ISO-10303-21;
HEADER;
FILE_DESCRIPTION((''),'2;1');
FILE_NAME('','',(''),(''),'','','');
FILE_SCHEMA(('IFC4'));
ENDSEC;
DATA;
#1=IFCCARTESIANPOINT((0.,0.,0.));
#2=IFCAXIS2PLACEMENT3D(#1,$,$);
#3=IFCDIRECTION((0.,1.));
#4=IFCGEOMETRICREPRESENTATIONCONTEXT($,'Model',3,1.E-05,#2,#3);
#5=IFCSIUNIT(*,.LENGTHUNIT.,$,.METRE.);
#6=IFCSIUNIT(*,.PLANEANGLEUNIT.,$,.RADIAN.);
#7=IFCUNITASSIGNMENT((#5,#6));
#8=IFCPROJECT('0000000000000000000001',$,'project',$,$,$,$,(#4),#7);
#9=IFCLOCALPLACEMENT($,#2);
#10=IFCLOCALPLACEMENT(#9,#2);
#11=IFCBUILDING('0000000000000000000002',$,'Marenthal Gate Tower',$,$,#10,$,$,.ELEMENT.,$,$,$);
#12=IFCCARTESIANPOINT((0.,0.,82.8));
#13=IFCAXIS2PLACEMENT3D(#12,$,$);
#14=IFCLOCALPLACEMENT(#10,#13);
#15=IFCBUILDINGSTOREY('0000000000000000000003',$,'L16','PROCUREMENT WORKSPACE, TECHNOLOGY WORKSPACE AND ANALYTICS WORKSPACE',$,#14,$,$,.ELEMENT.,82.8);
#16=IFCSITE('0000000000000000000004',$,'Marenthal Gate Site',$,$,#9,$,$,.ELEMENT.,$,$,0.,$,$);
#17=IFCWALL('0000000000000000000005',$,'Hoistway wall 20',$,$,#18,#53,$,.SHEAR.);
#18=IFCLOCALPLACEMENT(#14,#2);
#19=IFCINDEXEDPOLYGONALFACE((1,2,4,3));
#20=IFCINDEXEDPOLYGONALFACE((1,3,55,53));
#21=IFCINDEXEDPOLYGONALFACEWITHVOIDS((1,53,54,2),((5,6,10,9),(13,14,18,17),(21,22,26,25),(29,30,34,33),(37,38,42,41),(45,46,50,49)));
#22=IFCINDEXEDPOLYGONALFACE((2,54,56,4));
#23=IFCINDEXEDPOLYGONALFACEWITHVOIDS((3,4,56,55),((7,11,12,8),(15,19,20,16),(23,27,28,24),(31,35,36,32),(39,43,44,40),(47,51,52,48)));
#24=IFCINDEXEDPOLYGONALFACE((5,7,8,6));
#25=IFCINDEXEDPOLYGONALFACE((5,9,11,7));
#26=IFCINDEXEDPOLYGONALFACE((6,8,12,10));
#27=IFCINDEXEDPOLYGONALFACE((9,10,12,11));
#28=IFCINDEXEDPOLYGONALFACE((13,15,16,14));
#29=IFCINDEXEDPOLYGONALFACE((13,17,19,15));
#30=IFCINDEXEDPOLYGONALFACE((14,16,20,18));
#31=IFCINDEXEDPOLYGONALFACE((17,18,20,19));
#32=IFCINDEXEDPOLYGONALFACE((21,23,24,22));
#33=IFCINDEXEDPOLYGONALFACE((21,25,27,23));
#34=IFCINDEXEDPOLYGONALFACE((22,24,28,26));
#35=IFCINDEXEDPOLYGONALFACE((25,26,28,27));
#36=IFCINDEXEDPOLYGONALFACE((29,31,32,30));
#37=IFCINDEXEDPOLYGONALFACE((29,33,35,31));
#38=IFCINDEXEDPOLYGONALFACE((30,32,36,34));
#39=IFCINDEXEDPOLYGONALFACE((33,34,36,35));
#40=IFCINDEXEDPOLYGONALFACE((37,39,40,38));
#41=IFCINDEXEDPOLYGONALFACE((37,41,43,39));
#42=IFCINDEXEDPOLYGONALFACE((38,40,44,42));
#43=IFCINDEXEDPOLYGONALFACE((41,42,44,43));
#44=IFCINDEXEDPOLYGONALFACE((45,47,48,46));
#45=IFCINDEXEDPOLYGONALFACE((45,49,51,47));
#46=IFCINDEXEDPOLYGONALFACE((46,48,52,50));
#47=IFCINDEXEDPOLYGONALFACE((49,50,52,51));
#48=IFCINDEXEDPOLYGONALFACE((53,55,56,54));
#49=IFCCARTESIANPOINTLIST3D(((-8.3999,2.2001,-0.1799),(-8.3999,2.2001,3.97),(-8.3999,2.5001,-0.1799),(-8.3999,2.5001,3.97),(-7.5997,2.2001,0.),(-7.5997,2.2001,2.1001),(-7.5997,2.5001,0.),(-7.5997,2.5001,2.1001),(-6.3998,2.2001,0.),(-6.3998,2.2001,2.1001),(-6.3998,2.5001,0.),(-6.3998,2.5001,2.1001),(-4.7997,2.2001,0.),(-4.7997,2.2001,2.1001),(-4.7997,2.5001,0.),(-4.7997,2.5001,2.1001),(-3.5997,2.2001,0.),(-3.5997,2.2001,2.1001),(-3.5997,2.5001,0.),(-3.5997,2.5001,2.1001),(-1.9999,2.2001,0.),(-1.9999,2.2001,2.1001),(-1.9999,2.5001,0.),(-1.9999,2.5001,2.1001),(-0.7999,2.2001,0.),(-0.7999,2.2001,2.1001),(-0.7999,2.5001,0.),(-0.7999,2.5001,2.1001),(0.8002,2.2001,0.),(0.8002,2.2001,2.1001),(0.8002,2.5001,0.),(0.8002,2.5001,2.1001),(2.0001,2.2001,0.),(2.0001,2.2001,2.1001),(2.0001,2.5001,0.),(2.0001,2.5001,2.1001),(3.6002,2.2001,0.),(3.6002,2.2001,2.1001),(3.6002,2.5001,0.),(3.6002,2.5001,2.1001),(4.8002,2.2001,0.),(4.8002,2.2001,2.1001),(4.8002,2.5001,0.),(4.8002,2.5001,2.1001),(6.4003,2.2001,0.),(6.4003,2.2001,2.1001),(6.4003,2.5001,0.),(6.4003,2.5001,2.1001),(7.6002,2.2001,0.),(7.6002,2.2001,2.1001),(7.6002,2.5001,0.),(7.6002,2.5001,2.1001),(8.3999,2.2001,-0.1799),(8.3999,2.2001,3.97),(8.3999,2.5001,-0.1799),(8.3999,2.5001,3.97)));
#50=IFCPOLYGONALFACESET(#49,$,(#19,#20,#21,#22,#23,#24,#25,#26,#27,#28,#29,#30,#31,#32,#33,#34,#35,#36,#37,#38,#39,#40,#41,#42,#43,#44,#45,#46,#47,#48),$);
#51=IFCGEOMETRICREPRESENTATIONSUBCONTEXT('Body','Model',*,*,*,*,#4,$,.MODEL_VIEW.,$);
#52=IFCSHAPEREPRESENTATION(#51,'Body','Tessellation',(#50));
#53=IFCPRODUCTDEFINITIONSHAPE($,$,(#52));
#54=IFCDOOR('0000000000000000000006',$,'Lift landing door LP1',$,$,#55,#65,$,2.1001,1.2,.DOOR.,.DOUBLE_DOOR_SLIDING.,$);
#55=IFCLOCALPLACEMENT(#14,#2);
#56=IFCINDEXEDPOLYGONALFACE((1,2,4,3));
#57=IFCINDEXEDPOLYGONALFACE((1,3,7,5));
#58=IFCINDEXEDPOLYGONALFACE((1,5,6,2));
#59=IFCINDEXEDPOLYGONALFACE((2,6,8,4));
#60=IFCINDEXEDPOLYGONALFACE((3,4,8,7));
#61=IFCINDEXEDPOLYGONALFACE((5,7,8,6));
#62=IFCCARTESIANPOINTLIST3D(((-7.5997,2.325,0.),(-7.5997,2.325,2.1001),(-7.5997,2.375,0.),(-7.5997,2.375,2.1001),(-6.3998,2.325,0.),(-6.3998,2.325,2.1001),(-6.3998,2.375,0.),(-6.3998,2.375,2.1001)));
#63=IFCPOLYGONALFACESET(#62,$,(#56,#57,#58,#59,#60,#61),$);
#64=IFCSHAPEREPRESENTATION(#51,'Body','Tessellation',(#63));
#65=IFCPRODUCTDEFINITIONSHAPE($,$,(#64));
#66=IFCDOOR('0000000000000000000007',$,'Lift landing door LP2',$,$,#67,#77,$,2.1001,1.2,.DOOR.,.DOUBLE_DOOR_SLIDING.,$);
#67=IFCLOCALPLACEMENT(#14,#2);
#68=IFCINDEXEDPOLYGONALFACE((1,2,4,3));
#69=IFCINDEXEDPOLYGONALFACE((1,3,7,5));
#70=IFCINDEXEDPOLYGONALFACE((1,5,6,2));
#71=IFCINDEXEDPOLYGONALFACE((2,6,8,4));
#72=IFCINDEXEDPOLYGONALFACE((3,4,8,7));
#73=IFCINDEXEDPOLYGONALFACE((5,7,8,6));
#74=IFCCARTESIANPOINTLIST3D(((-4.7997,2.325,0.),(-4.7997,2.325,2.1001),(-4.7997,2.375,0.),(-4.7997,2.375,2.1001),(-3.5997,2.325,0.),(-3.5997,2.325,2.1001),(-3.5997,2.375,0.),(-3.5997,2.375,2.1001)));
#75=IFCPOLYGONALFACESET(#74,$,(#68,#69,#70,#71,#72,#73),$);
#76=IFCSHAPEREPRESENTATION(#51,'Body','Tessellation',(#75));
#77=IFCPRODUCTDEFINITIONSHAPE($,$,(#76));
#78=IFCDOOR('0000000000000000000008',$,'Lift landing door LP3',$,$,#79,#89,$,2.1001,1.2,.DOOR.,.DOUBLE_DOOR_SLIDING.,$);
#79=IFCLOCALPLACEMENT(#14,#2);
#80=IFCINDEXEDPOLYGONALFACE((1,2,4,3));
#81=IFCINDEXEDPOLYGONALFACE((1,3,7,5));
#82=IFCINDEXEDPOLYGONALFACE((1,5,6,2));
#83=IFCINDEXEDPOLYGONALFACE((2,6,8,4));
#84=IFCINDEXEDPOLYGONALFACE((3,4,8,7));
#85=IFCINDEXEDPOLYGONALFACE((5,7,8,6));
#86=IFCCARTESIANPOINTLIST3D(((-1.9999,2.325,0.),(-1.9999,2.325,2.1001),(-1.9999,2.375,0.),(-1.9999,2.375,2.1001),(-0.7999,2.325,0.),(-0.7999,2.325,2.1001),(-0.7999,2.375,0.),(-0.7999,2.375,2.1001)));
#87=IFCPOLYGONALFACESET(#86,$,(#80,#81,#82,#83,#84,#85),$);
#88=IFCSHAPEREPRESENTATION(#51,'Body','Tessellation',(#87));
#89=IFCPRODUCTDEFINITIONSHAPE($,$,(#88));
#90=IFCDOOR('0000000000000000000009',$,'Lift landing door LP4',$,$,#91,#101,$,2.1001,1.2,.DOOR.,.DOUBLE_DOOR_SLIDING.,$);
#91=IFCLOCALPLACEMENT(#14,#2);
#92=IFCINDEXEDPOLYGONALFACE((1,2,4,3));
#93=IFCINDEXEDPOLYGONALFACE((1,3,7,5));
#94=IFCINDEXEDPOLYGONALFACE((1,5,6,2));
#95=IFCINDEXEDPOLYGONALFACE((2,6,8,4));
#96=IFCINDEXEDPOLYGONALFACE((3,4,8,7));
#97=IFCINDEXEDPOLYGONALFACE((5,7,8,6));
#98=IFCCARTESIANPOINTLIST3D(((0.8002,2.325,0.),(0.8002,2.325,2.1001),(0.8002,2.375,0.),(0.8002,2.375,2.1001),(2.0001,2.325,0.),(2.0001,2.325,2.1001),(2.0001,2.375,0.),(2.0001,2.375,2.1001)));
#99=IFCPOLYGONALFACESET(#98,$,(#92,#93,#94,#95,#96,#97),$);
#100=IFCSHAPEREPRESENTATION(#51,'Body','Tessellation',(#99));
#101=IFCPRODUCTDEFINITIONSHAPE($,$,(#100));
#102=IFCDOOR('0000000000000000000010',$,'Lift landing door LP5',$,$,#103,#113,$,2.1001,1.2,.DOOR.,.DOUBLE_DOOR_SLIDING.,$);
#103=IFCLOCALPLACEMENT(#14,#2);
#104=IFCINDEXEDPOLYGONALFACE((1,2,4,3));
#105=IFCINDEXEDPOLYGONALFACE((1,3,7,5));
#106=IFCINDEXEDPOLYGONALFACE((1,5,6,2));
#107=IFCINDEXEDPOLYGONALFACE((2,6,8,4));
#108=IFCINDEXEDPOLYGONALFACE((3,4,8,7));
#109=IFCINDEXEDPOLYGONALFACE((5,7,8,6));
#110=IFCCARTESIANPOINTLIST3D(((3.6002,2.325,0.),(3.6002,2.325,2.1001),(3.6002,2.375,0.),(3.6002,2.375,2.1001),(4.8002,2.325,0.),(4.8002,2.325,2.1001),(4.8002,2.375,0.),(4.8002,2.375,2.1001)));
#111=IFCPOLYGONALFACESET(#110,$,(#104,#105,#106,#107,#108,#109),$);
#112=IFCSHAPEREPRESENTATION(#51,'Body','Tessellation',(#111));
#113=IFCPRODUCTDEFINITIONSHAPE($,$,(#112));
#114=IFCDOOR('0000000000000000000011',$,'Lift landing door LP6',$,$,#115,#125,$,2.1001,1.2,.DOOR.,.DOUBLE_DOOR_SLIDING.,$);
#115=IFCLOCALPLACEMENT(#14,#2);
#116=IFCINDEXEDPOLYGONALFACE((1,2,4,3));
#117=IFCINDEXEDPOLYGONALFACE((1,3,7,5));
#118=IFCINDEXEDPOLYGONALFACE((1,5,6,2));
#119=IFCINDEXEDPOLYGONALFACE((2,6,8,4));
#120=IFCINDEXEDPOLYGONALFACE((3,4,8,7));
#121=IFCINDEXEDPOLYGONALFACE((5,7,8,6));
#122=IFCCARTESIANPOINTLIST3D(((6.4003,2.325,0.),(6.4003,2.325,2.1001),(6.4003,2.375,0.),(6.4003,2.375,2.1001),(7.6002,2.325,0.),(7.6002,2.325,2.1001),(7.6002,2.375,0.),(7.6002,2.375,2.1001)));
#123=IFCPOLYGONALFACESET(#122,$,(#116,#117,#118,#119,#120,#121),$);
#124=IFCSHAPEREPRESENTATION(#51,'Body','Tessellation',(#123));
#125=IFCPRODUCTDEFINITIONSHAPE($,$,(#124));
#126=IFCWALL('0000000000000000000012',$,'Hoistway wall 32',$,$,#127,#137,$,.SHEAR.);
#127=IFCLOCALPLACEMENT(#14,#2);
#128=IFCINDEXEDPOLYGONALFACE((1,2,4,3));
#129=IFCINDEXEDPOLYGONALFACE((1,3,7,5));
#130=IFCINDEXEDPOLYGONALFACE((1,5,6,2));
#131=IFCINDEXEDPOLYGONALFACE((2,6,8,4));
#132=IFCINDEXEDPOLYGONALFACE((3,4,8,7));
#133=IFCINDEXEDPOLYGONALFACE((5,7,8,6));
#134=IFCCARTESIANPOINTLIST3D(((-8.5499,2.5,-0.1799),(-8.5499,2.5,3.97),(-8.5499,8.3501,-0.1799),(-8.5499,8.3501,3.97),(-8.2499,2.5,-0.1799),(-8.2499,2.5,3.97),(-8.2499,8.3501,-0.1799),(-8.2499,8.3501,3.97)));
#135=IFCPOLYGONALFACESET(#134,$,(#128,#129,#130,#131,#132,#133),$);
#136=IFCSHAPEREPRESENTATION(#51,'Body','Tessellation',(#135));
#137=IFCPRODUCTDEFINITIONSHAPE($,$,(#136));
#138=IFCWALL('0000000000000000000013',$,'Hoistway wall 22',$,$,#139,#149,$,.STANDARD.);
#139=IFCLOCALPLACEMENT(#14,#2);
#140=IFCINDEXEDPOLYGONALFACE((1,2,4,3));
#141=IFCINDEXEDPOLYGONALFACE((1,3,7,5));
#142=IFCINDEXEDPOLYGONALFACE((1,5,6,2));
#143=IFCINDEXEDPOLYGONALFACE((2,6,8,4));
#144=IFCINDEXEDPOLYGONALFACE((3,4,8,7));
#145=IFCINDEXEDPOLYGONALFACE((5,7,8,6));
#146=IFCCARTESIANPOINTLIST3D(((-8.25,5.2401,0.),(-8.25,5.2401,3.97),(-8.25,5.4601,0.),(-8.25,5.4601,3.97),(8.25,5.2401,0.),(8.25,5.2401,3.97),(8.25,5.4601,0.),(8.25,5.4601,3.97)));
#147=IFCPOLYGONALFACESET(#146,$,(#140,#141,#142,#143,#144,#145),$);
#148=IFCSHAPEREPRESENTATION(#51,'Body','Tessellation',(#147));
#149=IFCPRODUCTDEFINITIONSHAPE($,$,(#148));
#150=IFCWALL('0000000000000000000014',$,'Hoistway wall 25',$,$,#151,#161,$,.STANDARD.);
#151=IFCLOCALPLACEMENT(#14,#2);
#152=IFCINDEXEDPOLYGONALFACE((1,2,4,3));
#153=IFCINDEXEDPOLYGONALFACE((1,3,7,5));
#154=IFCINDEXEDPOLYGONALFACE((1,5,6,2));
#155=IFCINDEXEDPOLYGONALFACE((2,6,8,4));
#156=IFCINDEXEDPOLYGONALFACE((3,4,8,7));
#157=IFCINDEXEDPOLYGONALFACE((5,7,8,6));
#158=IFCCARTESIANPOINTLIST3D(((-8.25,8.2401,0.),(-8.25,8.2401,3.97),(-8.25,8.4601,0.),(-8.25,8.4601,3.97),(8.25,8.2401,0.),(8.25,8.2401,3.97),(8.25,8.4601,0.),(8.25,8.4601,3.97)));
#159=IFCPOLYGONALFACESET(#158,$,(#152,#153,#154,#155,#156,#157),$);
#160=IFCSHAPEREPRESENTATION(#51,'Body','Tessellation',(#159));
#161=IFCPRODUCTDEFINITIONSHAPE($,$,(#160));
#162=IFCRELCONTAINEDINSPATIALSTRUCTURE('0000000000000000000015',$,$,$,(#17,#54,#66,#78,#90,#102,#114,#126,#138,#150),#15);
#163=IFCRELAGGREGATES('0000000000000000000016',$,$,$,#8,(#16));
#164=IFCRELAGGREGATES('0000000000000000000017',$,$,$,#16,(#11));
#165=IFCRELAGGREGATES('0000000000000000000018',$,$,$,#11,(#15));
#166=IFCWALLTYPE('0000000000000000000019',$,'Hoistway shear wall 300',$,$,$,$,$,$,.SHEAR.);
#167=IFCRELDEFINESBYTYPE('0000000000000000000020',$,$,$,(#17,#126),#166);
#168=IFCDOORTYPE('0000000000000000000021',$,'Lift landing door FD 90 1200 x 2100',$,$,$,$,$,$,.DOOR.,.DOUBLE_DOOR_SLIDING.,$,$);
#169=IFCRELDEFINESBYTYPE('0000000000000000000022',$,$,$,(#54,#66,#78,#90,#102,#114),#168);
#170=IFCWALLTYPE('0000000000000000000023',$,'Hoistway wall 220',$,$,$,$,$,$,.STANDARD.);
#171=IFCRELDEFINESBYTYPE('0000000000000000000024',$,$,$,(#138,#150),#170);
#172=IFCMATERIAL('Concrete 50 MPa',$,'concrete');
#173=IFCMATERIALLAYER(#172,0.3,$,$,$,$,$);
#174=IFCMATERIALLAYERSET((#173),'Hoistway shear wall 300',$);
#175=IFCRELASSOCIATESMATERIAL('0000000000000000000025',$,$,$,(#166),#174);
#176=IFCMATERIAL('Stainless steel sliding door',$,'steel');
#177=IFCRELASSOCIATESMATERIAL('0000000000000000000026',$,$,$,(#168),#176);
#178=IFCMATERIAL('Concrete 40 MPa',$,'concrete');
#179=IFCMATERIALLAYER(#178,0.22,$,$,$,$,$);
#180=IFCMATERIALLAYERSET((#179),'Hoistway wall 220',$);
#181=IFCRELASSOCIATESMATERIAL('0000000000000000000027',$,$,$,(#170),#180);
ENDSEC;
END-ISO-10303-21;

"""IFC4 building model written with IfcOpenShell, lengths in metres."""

from ifc_helpers import new_model, si_unit, direction, frame, frame_2d, origin, place, context, subcontext, project, spatial, rectangle, extrude, material, layer, layer_set, type_object, element, fill, save


model = new_model("IFC4")

# Units and contexts
model_context = context("Model", 3, precision=1e-05, world=origin(), true_north=direction((0.0, 1.0)))
body_context = subcontext(model_context, "Body", "Model", "MODEL_VIEW")
ifc_project = project(units=[si_unit("LENGTHUNIT", "METRE"), si_unit("PLANEANGLEUNIT", "RADIAN")], contexts=[model_context])

# Site, building, storey
site_placement = place(None, origin())
site = spatial("IfcSite", under=ifc_project, at=site_placement, Name="Marenthal Gate Site", CompositionType="ELEMENT", RefElevation=0.0)
building_placement = place(site_placement, origin())
building = spatial("IfcBuilding", under=site, at=building_placement, Name="Marenthal Gate Tower", CompositionType="ELEMENT")
storey_placement = place(building_placement, frame((0.0, 0.0, 82.8)))
storey = spatial("IfcBuildingStorey", under=building, at=storey_placement, Name="L16", Description="PROCUREMENT WORKSPACE, TECHNOLOGY WORKSPACE AND ANALYTICS WORKSPACE", CompositionType="ELEMENT", Elevation=82.8)

# Wall, openings, doors
ifc_material_1 = material(Name="Concrete 50 MPa", Category="concrete")
ifc_layer_1 = layer(ifc_material_1, 0.3)
ifc_layer_set_1 = layer_set([ifc_layer_1], Name="Hoistway shear wall 300")
wall_type_1 = type_object("IfcWallType", Name="Hoistway shear wall 300", PredefinedType="SHEAR", material=ifc_layer_set_1)
wall_1_placement = place(storey_placement, frame((-8.3999, 2.3501, -0.1799), z_axis=(0.0, 0.0, 1.0), x_axis=(1.0, 0.0, 0.0)))
wall_1 = element("IfcWall", 1, at=wall_1_placement, inside=storey, type_object=wall_type_1, Name="Hoistway wall 20", PredefinedType="SHEAR", context=body_context, shape_type="SweptSolid", body=[
    extrude(rectangle(XDim=16.7998, YDim=0.3, at=frame_2d((8.3999, 0.0))), origin(), (0.0, 0.0, 1.0), 4.1499),
])
opening_1_placement = place(wall_1_placement, frame((0.8, 0.0, 0.1799)))
opening_1 = element("IfcOpeningElement", 2, at=opening_1_placement, cuts=wall_1, PredefinedType="OPENING", context=body_context, shape_type="SweptSolid", body=[
    extrude(rectangle(XDim=1.2, YDim=2.1001, at=frame_2d((0.6001, 1.05))), frame((0.0, 0.1602, 0.0), z_axis=(0.0, -1.0, 0.0), x_axis=(1.0, 0.0, 0.0)), (0.0, 0.0, 1.0), 0.3201),
])
opening_2_placement = place(wall_1_placement, frame((3.6001, 0.0, 0.1799)))
opening_2 = element("IfcOpeningElement", 3, at=opening_2_placement, cuts=wall_1, PredefinedType="OPENING", context=body_context, shape_type="SweptSolid", body=[
    extrude(rectangle(XDim=1.2, YDim=2.1001, at=frame_2d((0.6001, 1.05))), frame((0.0, 0.1602, 0.0), z_axis=(0.0, -1.0, 0.0), x_axis=(1.0, 0.0, 0.0)), (0.0, 0.0, 1.0), 0.3201),
])
opening_3_placement = place(wall_1_placement, frame((6.3999, 0.0, 0.1799)))
opening_3 = element("IfcOpeningElement", 4, at=opening_3_placement, cuts=wall_1, PredefinedType="OPENING", context=body_context, shape_type="SweptSolid", body=[
    extrude(rectangle(XDim=1.2, YDim=2.1001, at=frame_2d((0.6001, 1.05))), frame((0.0, 0.1602, 0.0), z_axis=(0.0, -1.0, 0.0), x_axis=(1.0, 0.0, 0.0)), (0.0, 0.0, 1.0), 0.3201),
])
opening_4_placement = place(wall_1_placement, frame((9.2, 0.0, 0.1799)))
opening_4 = element("IfcOpeningElement", 5, at=opening_4_placement, cuts=wall_1, PredefinedType="OPENING", context=body_context, shape_type="SweptSolid", body=[
    extrude(rectangle(XDim=1.2, YDim=2.1001, at=frame_2d((0.6001, 1.05))), frame((0.0, 0.1602, 0.0), z_axis=(0.0, -1.0, 0.0), x_axis=(1.0, 0.0, 0.0)), (0.0, 0.0, 1.0), 0.3201),
])
opening_5_placement = place(wall_1_placement, frame((12.0, 0.0, 0.1799)))
opening_5 = element("IfcOpeningElement", 6, at=opening_5_placement, cuts=wall_1, PredefinedType="OPENING", context=body_context, shape_type="SweptSolid", body=[
    extrude(rectangle(XDim=1.2, YDim=2.1001, at=frame_2d((0.6001, 1.05))), frame((0.0, 0.1602, 0.0), z_axis=(0.0, -1.0, 0.0), x_axis=(1.0, 0.0, 0.0)), (0.0, 0.0, 1.0), 0.3201),
])
opening_6_placement = place(wall_1_placement, frame((14.8, 0.0, 0.1799)))
opening_6 = element("IfcOpeningElement", 7, at=opening_6_placement, cuts=wall_1, PredefinedType="OPENING", context=body_context, shape_type="SweptSolid", body=[
    extrude(rectangle(XDim=1.2, YDim=2.1001, at=frame_2d((0.6001, 1.05))), frame((0.0, 0.1602, 0.0), z_axis=(0.0, -1.0, 0.0), x_axis=(1.0, 0.0, 0.0)), (0.0, 0.0, 1.0), 0.3201),
])
ifc_material_2 = material(Name="Stainless steel sliding door", Category="steel")
door_type_1 = type_object("IfcDoorType", Name="Lift landing door FD 90 1200 x 2100", OperationType="DOUBLE_DOOR_SLIDING", PredefinedType="DOOR", material=ifc_material_2)
door_1_placement = place(opening_1_placement, origin())
door_1 = element("IfcDoor", 8, at=door_1_placement, inside=storey, type_object=door_type_1, Name="Lift landing door LP1", OperationType="DOUBLE_DOOR_SLIDING", OverallHeight=2.1001, OverallWidth=1.2, PredefinedType="DOOR", context=body_context, shape_type="SweptSolid", body=[
    extrude(rectangle(XDim=1.2, YDim=2.1001, at=frame_2d((0.6001, 1.05))), frame((0.0, 0.0249, 0.0), z_axis=(0.0, -1.0, 0.0), x_axis=(1.0, 0.0, 0.0)), (0.0, 0.0, 1.0), 0.05),
])
fill(opening_1, door_1)
door_2_placement = place(opening_2_placement, origin())
door_2 = element("IfcDoor", 9, at=door_2_placement, inside=storey, type_object=door_type_1, Name="Lift landing door LP2", OperationType="DOUBLE_DOOR_SLIDING", OverallHeight=2.1001, OverallWidth=1.2, PredefinedType="DOOR", context=body_context, shape_type="SweptSolid", body=[
    extrude(rectangle(XDim=1.2, YDim=2.1001, at=frame_2d((0.6001, 1.05))), frame((0.0, 0.0249, 0.0), z_axis=(0.0, -1.0, 0.0), x_axis=(1.0, 0.0, 0.0)), (0.0, 0.0, 1.0), 0.05),
])
fill(opening_2, door_2)
door_3_placement = place(opening_3_placement, origin())
door_3 = element("IfcDoor", 10, at=door_3_placement, inside=storey, type_object=door_type_1, Name="Lift landing door LP3", OperationType="DOUBLE_DOOR_SLIDING", OverallHeight=2.1001, OverallWidth=1.2, PredefinedType="DOOR", context=body_context, shape_type="SweptSolid", body=[
    extrude(rectangle(XDim=1.2, YDim=2.1001, at=frame_2d((0.6001, 1.05))), frame((0.0, 0.0249, 0.0), z_axis=(0.0, -1.0, 0.0), x_axis=(1.0, 0.0, 0.0)), (0.0, 0.0, 1.0), 0.05),
])
fill(opening_3, door_3)
door_4_placement = place(opening_4_placement, origin())
door_4 = element("IfcDoor", 11, at=door_4_placement, inside=storey, type_object=door_type_1, Name="Lift landing door LP4", OperationType="DOUBLE_DOOR_SLIDING", OverallHeight=2.1001, OverallWidth=1.2, PredefinedType="DOOR", context=body_context, shape_type="SweptSolid", body=[
    extrude(rectangle(XDim=1.2, YDim=2.1001, at=frame_2d((0.6001, 1.05))), frame((0.0, 0.0249, 0.0), z_axis=(0.0, -1.0, 0.0), x_axis=(1.0, 0.0, 0.0)), (0.0, 0.0, 1.0), 0.05),
])
fill(opening_4, door_4)
door_5_placement = place(opening_5_placement, origin())
door_5 = element("IfcDoor", 12, at=door_5_placement, inside=storey, type_object=door_type_1, Name="Lift landing door LP5", OperationType="DOUBLE_DOOR_SLIDING", OverallHeight=2.1001, OverallWidth=1.2, PredefinedType="DOOR", context=body_context, shape_type="SweptSolid", body=[
    extrude(rectangle(XDim=1.2, YDim=2.1001, at=frame_2d((0.6001, 1.05))), frame((0.0, 0.0249, 0.0), z_axis=(0.0, -1.0, 0.0), x_axis=(1.0, 0.0, 0.0)), (0.0, 0.0, 1.0), 0.05),
])
fill(opening_5, door_5)
door_6_placement = place(opening_6_placement, origin())
door_6 = element("IfcDoor", 13, at=door_6_placement, inside=storey, type_object=door_type_1, Name="Lift landing door LP6", OperationType="DOUBLE_DOOR_SLIDING", OverallHeight=2.1001, OverallWidth=1.2, PredefinedType="DOOR", context=body_context, shape_type="SweptSolid", body=[
    extrude(rectangle(XDim=1.2, YDim=2.1001, at=frame_2d((0.6001, 1.05))), frame((0.0, 0.0249, 0.0), z_axis=(0.0, -1.0, 0.0), x_axis=(1.0, 0.0, 0.0)), (0.0, 0.0, 1.0), 0.05),
])
fill(opening_6, door_6)

# Walls
wall_2_placement = place(storey_placement, frame((-8.3999, 2.5, -0.1799), z_axis=(0.0, 0.0, 1.0), x_axis=(0.0, 1.0, 0.0)))
element("IfcWall", 14, at=wall_2_placement, inside=storey, type_object=wall_type_1, Name="Hoistway wall 32", PredefinedType="SHEAR", context=body_context, shape_type="SweptSolid", body=[
    extrude(rectangle(XDim=5.8501, YDim=0.3, at=frame_2d((2.925, 0.0))), origin(), (0.0, 0.0, 1.0), 4.1499),
])
ifc_material_3 = material(Name="Concrete 40 MPa", Category="concrete")
ifc_layer_2 = layer(ifc_material_3, 0.22)
ifc_layer_set_2 = layer_set([ifc_layer_2], Name="Hoistway wall 220")
wall_type_2 = type_object("IfcWallType", Name="Hoistway wall 220", PredefinedType="STANDARD", material=ifc_layer_set_2)
for number, where, z_axis, x_axis, name in (
    (15, (-8.25, 5.3501, 0.0), (0.0, 0.0, 1.0), (1.0, 0.0, 0.0), "Hoistway wall 22"),
    (16, (-8.25, 8.3501, 0.0), (0.0, 0.0, 1.0), (1.0, 0.0, 0.0), "Hoistway wall 25"),
):
    element("IfcWall", number, at=place(storey_placement, frame(where, z_axis=z_axis, x_axis=x_axis)), inside=storey, type_object=wall_type_2, Name=name, PredefinedType="STANDARD", context=body_context, shape_type="SweptSolid", body=[
        extrude(rectangle(XDim=16.5, YDim=0.22, at=frame_2d((8.25, 0.0))), origin(), (0.0, 0.0, 1.0), 3.97),
    ])

save(model, "model.ifc")
